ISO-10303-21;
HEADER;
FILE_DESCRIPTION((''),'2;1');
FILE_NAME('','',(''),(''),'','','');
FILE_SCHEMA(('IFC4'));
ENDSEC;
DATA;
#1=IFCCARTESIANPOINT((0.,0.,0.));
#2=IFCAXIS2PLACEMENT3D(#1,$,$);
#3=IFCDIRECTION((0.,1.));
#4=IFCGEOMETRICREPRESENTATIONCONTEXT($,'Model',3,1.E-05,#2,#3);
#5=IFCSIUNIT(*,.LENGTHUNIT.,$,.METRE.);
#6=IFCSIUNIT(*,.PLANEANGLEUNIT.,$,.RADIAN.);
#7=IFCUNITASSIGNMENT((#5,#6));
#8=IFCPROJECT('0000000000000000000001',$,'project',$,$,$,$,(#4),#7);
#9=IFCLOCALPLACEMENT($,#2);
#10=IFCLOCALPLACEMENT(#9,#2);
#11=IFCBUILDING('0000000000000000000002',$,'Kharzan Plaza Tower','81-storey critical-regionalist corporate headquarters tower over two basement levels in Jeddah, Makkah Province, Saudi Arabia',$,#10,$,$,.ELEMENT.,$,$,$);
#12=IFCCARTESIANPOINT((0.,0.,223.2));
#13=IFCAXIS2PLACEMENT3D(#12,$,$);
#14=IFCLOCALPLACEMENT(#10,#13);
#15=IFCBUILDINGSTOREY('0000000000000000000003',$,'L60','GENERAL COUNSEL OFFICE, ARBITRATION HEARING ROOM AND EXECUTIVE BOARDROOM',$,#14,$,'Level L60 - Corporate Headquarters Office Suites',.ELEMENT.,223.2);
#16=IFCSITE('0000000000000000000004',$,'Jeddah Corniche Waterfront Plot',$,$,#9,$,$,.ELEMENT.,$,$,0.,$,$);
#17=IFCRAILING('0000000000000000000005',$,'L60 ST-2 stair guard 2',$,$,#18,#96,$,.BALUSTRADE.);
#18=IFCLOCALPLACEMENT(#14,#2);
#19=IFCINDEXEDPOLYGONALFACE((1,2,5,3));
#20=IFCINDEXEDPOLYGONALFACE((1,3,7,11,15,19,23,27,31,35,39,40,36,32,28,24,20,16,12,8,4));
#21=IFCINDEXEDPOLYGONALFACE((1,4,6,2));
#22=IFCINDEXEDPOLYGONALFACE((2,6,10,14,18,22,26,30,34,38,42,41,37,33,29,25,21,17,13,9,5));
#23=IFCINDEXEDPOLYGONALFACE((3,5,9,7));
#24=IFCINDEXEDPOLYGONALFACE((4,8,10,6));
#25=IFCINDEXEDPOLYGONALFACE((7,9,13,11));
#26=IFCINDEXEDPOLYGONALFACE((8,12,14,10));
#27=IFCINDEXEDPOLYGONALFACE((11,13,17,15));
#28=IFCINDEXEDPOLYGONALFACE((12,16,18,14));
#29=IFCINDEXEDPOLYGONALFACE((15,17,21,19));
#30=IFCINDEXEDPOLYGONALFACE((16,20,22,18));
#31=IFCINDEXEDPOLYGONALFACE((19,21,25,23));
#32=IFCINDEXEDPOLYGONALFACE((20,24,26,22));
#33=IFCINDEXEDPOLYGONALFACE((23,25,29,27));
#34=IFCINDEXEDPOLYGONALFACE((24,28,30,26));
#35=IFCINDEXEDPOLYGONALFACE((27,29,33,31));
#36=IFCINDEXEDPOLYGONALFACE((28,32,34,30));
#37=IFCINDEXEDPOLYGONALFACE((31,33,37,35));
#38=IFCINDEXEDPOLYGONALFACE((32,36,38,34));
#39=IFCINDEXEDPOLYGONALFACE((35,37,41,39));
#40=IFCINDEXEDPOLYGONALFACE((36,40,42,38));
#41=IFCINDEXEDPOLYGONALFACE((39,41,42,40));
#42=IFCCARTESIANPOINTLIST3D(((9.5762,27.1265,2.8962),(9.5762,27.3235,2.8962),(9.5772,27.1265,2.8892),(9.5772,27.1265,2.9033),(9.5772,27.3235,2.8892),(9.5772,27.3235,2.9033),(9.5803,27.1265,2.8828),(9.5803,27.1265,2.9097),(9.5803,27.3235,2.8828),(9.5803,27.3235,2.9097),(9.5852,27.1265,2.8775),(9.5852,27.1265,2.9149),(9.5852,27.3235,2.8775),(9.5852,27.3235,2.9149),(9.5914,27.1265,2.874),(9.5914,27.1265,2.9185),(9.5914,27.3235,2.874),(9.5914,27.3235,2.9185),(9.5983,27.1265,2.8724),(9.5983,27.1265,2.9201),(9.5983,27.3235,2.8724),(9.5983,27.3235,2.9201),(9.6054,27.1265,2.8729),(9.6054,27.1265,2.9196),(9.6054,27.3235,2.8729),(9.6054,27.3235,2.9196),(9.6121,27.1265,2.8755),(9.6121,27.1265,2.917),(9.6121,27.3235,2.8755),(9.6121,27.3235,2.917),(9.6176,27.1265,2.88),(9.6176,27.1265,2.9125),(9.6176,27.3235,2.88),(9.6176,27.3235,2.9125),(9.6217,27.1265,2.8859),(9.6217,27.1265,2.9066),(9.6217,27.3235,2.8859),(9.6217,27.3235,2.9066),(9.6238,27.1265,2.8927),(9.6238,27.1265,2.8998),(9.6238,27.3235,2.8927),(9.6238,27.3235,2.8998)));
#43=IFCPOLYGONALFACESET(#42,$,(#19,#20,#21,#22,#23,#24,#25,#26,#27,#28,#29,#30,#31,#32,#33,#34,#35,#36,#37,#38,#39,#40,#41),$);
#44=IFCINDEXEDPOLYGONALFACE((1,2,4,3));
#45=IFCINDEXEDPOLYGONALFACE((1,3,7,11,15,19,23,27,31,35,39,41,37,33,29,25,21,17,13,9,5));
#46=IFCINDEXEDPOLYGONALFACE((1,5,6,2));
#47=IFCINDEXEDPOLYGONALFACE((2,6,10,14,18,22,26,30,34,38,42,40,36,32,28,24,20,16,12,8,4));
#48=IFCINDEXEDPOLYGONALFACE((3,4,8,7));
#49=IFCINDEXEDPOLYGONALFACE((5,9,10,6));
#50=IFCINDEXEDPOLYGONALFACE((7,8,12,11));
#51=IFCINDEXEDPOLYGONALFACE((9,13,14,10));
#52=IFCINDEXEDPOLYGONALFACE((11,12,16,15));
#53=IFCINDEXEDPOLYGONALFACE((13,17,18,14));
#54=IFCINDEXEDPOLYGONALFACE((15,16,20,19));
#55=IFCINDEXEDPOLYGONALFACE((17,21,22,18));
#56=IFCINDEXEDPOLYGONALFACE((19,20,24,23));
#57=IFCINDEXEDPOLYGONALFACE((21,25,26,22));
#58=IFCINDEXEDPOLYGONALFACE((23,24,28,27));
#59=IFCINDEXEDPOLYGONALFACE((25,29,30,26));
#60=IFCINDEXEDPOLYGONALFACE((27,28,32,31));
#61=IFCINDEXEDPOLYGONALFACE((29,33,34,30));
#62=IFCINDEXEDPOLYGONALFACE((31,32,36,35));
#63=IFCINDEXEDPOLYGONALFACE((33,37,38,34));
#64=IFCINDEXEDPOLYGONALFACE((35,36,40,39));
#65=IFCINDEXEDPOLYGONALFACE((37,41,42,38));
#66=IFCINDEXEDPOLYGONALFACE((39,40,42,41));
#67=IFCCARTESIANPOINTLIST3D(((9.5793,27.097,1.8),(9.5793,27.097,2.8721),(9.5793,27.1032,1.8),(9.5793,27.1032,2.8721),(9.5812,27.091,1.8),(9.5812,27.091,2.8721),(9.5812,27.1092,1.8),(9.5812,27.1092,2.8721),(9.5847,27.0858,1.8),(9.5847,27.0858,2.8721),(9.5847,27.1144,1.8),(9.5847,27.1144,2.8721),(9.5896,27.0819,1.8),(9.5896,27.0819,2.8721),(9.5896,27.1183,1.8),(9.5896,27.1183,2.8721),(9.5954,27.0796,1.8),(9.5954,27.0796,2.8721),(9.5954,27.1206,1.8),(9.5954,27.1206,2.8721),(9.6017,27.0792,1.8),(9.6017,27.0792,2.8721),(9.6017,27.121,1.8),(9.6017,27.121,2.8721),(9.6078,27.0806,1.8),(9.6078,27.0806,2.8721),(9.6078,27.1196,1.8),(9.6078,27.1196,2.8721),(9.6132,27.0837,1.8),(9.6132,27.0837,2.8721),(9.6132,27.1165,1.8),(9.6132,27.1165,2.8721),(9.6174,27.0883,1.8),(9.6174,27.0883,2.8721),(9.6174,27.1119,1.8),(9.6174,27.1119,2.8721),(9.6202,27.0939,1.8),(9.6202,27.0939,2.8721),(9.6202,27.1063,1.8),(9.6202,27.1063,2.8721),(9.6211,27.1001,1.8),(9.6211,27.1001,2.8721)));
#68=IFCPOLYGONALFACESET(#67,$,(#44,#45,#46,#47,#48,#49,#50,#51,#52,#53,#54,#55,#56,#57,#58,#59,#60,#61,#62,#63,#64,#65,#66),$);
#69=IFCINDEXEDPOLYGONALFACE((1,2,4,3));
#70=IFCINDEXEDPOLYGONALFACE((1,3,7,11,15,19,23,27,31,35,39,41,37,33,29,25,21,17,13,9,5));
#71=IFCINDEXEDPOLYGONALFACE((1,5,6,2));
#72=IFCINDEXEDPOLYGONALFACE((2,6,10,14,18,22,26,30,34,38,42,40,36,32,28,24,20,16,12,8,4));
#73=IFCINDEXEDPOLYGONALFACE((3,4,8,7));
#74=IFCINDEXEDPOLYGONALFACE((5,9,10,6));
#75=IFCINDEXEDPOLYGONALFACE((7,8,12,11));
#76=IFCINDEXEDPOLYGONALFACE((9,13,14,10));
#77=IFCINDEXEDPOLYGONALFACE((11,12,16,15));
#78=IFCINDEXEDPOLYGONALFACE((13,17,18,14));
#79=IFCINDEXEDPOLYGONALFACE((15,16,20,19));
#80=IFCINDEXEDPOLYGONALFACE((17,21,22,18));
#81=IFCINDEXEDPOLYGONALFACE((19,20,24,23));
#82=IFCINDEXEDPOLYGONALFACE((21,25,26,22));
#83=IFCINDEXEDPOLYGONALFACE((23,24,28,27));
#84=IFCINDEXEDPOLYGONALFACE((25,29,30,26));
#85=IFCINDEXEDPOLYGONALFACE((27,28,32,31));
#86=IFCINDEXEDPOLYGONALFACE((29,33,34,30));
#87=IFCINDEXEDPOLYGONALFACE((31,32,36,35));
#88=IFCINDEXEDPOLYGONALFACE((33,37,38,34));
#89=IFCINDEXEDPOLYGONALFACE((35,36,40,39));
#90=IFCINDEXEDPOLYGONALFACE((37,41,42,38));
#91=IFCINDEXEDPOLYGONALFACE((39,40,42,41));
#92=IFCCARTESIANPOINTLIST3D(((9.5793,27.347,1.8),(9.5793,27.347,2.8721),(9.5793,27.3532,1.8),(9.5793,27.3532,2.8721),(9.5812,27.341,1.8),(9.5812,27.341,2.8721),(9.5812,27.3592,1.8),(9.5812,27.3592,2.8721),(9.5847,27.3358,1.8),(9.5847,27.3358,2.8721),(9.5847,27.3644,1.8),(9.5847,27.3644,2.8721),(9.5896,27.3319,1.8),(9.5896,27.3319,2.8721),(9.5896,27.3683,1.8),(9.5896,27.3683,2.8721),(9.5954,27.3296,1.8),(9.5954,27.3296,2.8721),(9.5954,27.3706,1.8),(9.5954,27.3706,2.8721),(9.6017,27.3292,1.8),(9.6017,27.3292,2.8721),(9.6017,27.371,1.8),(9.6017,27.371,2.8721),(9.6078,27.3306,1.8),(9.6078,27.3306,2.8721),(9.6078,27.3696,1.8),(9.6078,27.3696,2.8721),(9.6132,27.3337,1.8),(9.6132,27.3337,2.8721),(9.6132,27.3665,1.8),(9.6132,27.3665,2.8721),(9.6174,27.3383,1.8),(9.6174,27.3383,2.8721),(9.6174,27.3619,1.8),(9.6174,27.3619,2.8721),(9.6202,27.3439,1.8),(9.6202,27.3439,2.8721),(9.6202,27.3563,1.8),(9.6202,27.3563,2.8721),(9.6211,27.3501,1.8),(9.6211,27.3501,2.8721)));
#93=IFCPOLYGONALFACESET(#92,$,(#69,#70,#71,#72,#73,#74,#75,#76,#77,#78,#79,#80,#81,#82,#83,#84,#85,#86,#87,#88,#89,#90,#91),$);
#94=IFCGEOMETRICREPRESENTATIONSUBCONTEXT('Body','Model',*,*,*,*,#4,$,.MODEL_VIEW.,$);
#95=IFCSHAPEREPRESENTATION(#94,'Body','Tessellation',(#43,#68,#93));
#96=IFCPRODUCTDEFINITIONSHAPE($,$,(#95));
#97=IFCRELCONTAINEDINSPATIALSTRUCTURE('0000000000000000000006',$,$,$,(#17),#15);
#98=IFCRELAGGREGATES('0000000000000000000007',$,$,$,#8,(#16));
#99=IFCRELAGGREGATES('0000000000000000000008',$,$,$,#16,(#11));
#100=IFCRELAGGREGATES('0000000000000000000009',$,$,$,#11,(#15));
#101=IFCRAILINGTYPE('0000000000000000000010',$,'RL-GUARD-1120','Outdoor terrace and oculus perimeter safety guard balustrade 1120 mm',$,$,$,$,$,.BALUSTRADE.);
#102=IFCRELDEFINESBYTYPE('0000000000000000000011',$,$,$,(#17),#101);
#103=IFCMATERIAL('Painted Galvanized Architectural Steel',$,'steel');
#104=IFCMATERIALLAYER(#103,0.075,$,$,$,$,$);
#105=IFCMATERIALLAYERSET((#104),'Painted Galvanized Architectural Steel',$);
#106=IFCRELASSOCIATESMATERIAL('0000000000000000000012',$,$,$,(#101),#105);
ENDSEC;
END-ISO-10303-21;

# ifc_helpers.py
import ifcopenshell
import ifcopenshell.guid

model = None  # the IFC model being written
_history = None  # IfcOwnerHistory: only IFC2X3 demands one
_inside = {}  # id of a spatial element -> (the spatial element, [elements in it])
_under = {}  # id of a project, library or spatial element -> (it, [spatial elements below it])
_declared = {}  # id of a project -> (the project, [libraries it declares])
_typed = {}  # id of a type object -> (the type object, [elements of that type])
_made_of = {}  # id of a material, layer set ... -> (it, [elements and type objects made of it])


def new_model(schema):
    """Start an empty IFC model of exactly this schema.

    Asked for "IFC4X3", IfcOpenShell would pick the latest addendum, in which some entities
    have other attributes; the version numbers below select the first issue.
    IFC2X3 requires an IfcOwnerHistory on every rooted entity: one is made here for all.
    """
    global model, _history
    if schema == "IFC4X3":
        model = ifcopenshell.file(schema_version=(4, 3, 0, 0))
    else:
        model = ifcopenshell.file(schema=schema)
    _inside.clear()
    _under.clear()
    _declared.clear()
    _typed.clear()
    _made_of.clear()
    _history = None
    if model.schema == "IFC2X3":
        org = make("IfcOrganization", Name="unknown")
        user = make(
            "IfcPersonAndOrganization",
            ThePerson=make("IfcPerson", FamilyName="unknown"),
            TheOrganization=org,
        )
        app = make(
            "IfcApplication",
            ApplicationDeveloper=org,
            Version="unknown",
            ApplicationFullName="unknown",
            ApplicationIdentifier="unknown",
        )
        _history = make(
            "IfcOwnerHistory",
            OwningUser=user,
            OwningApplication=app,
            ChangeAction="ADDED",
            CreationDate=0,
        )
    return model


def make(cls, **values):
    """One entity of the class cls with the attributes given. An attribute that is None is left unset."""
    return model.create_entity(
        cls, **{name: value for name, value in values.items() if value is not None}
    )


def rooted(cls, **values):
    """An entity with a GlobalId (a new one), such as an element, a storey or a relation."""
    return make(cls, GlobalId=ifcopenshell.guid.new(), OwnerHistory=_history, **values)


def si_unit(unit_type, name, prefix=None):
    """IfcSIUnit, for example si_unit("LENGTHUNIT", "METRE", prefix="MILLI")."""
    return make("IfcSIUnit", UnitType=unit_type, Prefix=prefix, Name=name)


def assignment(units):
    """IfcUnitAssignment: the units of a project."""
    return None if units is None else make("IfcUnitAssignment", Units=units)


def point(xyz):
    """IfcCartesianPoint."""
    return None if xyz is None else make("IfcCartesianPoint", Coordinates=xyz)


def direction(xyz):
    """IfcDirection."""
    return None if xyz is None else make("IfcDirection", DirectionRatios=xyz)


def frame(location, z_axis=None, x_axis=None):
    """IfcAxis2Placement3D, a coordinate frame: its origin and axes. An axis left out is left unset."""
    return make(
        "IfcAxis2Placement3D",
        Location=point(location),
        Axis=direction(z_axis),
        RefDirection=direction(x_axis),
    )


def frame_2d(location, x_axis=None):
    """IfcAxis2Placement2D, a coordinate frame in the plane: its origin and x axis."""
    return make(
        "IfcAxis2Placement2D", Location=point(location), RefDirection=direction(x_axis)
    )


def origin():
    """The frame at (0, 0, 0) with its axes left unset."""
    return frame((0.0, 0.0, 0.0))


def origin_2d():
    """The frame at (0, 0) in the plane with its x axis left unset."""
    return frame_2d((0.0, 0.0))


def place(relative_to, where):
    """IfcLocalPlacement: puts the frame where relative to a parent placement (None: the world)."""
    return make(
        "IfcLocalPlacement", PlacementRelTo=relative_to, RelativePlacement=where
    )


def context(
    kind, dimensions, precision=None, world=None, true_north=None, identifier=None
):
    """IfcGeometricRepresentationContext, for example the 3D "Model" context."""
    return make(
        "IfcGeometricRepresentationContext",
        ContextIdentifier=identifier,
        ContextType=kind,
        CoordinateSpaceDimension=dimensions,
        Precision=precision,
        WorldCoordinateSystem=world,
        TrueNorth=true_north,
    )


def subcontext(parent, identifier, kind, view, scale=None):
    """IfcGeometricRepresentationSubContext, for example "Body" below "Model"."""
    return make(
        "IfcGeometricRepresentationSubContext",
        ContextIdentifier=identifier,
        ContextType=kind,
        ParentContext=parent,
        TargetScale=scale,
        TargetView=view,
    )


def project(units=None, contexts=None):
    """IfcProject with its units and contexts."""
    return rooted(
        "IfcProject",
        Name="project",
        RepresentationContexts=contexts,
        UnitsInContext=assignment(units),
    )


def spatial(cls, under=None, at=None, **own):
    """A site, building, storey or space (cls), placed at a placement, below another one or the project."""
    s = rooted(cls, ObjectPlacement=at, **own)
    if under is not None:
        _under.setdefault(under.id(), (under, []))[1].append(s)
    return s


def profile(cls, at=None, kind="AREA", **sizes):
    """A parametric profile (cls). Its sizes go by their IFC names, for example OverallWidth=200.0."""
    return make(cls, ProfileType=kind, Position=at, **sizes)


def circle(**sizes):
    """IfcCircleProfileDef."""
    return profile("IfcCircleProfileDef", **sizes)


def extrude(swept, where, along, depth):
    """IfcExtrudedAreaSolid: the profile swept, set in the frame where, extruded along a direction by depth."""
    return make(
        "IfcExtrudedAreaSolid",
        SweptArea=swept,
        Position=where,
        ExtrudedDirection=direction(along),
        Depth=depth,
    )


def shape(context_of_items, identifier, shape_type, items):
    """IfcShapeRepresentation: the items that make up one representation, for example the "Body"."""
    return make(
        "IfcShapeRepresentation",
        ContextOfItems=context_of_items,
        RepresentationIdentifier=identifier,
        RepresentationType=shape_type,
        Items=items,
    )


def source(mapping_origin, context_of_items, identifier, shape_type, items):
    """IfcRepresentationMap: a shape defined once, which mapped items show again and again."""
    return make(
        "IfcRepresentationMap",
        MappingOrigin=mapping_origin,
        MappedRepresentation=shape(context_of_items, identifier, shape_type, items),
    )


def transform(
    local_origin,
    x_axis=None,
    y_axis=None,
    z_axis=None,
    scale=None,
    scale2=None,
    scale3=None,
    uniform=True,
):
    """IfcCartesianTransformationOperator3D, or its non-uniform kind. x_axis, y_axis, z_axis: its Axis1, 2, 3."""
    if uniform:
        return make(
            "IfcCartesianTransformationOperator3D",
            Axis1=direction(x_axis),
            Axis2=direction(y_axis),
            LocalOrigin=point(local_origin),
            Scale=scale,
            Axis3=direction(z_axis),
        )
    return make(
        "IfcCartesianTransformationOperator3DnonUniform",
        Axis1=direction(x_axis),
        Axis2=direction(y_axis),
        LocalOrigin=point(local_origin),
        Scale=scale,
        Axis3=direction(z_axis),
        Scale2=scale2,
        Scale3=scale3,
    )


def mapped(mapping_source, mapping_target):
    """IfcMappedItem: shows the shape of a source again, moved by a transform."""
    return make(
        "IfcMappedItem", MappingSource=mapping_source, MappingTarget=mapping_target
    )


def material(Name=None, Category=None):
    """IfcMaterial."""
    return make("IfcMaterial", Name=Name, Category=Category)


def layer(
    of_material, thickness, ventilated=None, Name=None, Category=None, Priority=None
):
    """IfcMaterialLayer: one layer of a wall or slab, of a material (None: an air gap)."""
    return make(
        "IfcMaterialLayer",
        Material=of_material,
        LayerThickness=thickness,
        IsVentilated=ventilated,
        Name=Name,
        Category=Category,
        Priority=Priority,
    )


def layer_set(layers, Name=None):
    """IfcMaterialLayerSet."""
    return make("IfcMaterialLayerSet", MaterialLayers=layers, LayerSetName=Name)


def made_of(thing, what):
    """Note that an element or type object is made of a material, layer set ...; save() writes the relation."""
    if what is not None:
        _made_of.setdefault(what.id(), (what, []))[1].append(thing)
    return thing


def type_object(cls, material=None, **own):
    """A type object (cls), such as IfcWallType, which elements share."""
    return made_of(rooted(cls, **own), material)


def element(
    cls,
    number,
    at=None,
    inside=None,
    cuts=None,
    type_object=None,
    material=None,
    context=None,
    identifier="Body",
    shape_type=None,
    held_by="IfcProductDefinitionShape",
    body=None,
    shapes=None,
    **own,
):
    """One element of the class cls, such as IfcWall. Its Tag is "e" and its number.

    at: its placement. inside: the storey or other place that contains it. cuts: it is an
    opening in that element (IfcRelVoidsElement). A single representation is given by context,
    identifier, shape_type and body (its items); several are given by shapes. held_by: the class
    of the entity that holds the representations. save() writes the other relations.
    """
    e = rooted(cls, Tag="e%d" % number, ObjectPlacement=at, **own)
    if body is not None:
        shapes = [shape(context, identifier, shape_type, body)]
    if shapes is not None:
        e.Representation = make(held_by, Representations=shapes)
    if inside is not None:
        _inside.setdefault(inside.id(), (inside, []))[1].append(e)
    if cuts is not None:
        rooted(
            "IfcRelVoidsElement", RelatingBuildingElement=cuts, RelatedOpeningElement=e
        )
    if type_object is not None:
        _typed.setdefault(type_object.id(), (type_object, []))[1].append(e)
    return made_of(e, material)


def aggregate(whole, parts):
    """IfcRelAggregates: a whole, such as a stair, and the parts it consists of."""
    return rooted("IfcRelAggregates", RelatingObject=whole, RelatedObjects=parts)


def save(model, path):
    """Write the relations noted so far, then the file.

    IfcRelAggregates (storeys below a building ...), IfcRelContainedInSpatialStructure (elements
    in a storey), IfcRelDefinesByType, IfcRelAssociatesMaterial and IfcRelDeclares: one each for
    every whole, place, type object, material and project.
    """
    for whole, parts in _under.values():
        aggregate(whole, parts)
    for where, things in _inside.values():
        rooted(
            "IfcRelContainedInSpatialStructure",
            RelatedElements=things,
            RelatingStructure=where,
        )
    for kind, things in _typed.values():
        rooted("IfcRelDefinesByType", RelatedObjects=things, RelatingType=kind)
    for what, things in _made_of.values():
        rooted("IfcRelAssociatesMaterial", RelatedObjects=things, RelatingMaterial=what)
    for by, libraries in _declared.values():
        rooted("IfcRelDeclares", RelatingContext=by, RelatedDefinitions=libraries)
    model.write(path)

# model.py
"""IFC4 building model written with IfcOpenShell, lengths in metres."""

from ifc_helpers import new_model, si_unit, direction, frame, origin, origin_2d, place, context, subcontext, project, spatial, circle, extrude, source, transform, mapped, material, layer, layer_set, type_object, element, save


model = new_model("IFC4")

# Units and contexts
model_context = context("Model", 3, precision=1e-05, world=origin(), true_north=direction((0.0, 1.0)))
body_context = subcontext(model_context, "Body", "Model", "MODEL_VIEW")
ifc_project = project(units=[si_unit("LENGTHUNIT", "METRE"), si_unit("PLANEANGLEUNIT", "RADIAN")], contexts=[model_context])

# Site, building, storey
site_placement = place(None, origin())
site = spatial("IfcSite", under=ifc_project, at=site_placement, Name="Jeddah Corniche Waterfront Plot", CompositionType="ELEMENT", RefElevation=0.0)
building_placement = place(site_placement, origin())
building = spatial("IfcBuilding", under=site, at=building_placement, Name="Kharzan Plaza Tower", Description="81-storey critical-regionalist corporate headquarters tower over two basement levels in Jeddah, Makkah Province, Saudi Arabia", CompositionType="ELEMENT")
storey_placement = place(building_placement, frame((0.0, 0.0, 223.2)))
storey = spatial("IfcBuildingStorey", under=building, at=storey_placement, Name="L60", Description="GENERAL COUNSEL OFFICE, ARBITRATION HEARING ROOM AND EXECUTIVE BOARDROOM", LongName="Level L60 - Corporate Headquarters Office Suites", CompositionType="ELEMENT", Elevation=223.2)

# Railing
ifc_material_1 = material(Name="Painted Galvanized Architectural Steel", Category="steel")
ifc_layer_1 = layer(ifc_material_1, 0.075)
ifc_layer_set_1 = layer_set([ifc_layer_1], Name="Painted Galvanized Architectural Steel")
railing_type_1 = type_object("IfcRailingType", Name="RL-GUARD-1120", Description="Outdoor terrace and oculus perimeter safety guard balustrade 1120 mm", PredefinedType="BALUSTRADE", material=ifc_layer_set_1)
shared_shape_1 = source(origin(), body_context, "Body", "SweptSolid", [
    extrude(circle(Radius=0.0239, at=origin_2d()), frame((0.0, 0.0264, 1.0962), z_axis=(0.0, 1.0, 0.0), x_axis=(-1.0, 0.0, 0.0)), (0.0, 0.0, 1.0), 0.197),
    extrude(circle(Radius=0.021, at=origin_2d()), origin(), (0.0, 0.0, 1.0), 1.072),
    extrude(circle(Radius=0.021, at=origin_2d()), frame((0.0, 0.25, 0.0)), (0.0, 0.0, 1.0), 1.072),
])
railing_1_placement = place(storey_placement, frame((9.6001, 27.1001, 1.8)))
element("IfcRailing", 1, at=railing_1_placement, inside=storey, type_object=railing_type_1, Name="L60 ST-2 stair guard 2", PredefinedType="BALUSTRADE", context=body_context, shape_type="MappedRepresentation", body=[
    mapped(shared_shape_1, transform((0.0, 0.0, 0.0), x_axis=(1.0, 0.0, 0.0), y_axis=(0.0, 1.0, 0.0), z_axis=(0.0, 0.0, 1.0))),
])

save(model, "model.ifc")
